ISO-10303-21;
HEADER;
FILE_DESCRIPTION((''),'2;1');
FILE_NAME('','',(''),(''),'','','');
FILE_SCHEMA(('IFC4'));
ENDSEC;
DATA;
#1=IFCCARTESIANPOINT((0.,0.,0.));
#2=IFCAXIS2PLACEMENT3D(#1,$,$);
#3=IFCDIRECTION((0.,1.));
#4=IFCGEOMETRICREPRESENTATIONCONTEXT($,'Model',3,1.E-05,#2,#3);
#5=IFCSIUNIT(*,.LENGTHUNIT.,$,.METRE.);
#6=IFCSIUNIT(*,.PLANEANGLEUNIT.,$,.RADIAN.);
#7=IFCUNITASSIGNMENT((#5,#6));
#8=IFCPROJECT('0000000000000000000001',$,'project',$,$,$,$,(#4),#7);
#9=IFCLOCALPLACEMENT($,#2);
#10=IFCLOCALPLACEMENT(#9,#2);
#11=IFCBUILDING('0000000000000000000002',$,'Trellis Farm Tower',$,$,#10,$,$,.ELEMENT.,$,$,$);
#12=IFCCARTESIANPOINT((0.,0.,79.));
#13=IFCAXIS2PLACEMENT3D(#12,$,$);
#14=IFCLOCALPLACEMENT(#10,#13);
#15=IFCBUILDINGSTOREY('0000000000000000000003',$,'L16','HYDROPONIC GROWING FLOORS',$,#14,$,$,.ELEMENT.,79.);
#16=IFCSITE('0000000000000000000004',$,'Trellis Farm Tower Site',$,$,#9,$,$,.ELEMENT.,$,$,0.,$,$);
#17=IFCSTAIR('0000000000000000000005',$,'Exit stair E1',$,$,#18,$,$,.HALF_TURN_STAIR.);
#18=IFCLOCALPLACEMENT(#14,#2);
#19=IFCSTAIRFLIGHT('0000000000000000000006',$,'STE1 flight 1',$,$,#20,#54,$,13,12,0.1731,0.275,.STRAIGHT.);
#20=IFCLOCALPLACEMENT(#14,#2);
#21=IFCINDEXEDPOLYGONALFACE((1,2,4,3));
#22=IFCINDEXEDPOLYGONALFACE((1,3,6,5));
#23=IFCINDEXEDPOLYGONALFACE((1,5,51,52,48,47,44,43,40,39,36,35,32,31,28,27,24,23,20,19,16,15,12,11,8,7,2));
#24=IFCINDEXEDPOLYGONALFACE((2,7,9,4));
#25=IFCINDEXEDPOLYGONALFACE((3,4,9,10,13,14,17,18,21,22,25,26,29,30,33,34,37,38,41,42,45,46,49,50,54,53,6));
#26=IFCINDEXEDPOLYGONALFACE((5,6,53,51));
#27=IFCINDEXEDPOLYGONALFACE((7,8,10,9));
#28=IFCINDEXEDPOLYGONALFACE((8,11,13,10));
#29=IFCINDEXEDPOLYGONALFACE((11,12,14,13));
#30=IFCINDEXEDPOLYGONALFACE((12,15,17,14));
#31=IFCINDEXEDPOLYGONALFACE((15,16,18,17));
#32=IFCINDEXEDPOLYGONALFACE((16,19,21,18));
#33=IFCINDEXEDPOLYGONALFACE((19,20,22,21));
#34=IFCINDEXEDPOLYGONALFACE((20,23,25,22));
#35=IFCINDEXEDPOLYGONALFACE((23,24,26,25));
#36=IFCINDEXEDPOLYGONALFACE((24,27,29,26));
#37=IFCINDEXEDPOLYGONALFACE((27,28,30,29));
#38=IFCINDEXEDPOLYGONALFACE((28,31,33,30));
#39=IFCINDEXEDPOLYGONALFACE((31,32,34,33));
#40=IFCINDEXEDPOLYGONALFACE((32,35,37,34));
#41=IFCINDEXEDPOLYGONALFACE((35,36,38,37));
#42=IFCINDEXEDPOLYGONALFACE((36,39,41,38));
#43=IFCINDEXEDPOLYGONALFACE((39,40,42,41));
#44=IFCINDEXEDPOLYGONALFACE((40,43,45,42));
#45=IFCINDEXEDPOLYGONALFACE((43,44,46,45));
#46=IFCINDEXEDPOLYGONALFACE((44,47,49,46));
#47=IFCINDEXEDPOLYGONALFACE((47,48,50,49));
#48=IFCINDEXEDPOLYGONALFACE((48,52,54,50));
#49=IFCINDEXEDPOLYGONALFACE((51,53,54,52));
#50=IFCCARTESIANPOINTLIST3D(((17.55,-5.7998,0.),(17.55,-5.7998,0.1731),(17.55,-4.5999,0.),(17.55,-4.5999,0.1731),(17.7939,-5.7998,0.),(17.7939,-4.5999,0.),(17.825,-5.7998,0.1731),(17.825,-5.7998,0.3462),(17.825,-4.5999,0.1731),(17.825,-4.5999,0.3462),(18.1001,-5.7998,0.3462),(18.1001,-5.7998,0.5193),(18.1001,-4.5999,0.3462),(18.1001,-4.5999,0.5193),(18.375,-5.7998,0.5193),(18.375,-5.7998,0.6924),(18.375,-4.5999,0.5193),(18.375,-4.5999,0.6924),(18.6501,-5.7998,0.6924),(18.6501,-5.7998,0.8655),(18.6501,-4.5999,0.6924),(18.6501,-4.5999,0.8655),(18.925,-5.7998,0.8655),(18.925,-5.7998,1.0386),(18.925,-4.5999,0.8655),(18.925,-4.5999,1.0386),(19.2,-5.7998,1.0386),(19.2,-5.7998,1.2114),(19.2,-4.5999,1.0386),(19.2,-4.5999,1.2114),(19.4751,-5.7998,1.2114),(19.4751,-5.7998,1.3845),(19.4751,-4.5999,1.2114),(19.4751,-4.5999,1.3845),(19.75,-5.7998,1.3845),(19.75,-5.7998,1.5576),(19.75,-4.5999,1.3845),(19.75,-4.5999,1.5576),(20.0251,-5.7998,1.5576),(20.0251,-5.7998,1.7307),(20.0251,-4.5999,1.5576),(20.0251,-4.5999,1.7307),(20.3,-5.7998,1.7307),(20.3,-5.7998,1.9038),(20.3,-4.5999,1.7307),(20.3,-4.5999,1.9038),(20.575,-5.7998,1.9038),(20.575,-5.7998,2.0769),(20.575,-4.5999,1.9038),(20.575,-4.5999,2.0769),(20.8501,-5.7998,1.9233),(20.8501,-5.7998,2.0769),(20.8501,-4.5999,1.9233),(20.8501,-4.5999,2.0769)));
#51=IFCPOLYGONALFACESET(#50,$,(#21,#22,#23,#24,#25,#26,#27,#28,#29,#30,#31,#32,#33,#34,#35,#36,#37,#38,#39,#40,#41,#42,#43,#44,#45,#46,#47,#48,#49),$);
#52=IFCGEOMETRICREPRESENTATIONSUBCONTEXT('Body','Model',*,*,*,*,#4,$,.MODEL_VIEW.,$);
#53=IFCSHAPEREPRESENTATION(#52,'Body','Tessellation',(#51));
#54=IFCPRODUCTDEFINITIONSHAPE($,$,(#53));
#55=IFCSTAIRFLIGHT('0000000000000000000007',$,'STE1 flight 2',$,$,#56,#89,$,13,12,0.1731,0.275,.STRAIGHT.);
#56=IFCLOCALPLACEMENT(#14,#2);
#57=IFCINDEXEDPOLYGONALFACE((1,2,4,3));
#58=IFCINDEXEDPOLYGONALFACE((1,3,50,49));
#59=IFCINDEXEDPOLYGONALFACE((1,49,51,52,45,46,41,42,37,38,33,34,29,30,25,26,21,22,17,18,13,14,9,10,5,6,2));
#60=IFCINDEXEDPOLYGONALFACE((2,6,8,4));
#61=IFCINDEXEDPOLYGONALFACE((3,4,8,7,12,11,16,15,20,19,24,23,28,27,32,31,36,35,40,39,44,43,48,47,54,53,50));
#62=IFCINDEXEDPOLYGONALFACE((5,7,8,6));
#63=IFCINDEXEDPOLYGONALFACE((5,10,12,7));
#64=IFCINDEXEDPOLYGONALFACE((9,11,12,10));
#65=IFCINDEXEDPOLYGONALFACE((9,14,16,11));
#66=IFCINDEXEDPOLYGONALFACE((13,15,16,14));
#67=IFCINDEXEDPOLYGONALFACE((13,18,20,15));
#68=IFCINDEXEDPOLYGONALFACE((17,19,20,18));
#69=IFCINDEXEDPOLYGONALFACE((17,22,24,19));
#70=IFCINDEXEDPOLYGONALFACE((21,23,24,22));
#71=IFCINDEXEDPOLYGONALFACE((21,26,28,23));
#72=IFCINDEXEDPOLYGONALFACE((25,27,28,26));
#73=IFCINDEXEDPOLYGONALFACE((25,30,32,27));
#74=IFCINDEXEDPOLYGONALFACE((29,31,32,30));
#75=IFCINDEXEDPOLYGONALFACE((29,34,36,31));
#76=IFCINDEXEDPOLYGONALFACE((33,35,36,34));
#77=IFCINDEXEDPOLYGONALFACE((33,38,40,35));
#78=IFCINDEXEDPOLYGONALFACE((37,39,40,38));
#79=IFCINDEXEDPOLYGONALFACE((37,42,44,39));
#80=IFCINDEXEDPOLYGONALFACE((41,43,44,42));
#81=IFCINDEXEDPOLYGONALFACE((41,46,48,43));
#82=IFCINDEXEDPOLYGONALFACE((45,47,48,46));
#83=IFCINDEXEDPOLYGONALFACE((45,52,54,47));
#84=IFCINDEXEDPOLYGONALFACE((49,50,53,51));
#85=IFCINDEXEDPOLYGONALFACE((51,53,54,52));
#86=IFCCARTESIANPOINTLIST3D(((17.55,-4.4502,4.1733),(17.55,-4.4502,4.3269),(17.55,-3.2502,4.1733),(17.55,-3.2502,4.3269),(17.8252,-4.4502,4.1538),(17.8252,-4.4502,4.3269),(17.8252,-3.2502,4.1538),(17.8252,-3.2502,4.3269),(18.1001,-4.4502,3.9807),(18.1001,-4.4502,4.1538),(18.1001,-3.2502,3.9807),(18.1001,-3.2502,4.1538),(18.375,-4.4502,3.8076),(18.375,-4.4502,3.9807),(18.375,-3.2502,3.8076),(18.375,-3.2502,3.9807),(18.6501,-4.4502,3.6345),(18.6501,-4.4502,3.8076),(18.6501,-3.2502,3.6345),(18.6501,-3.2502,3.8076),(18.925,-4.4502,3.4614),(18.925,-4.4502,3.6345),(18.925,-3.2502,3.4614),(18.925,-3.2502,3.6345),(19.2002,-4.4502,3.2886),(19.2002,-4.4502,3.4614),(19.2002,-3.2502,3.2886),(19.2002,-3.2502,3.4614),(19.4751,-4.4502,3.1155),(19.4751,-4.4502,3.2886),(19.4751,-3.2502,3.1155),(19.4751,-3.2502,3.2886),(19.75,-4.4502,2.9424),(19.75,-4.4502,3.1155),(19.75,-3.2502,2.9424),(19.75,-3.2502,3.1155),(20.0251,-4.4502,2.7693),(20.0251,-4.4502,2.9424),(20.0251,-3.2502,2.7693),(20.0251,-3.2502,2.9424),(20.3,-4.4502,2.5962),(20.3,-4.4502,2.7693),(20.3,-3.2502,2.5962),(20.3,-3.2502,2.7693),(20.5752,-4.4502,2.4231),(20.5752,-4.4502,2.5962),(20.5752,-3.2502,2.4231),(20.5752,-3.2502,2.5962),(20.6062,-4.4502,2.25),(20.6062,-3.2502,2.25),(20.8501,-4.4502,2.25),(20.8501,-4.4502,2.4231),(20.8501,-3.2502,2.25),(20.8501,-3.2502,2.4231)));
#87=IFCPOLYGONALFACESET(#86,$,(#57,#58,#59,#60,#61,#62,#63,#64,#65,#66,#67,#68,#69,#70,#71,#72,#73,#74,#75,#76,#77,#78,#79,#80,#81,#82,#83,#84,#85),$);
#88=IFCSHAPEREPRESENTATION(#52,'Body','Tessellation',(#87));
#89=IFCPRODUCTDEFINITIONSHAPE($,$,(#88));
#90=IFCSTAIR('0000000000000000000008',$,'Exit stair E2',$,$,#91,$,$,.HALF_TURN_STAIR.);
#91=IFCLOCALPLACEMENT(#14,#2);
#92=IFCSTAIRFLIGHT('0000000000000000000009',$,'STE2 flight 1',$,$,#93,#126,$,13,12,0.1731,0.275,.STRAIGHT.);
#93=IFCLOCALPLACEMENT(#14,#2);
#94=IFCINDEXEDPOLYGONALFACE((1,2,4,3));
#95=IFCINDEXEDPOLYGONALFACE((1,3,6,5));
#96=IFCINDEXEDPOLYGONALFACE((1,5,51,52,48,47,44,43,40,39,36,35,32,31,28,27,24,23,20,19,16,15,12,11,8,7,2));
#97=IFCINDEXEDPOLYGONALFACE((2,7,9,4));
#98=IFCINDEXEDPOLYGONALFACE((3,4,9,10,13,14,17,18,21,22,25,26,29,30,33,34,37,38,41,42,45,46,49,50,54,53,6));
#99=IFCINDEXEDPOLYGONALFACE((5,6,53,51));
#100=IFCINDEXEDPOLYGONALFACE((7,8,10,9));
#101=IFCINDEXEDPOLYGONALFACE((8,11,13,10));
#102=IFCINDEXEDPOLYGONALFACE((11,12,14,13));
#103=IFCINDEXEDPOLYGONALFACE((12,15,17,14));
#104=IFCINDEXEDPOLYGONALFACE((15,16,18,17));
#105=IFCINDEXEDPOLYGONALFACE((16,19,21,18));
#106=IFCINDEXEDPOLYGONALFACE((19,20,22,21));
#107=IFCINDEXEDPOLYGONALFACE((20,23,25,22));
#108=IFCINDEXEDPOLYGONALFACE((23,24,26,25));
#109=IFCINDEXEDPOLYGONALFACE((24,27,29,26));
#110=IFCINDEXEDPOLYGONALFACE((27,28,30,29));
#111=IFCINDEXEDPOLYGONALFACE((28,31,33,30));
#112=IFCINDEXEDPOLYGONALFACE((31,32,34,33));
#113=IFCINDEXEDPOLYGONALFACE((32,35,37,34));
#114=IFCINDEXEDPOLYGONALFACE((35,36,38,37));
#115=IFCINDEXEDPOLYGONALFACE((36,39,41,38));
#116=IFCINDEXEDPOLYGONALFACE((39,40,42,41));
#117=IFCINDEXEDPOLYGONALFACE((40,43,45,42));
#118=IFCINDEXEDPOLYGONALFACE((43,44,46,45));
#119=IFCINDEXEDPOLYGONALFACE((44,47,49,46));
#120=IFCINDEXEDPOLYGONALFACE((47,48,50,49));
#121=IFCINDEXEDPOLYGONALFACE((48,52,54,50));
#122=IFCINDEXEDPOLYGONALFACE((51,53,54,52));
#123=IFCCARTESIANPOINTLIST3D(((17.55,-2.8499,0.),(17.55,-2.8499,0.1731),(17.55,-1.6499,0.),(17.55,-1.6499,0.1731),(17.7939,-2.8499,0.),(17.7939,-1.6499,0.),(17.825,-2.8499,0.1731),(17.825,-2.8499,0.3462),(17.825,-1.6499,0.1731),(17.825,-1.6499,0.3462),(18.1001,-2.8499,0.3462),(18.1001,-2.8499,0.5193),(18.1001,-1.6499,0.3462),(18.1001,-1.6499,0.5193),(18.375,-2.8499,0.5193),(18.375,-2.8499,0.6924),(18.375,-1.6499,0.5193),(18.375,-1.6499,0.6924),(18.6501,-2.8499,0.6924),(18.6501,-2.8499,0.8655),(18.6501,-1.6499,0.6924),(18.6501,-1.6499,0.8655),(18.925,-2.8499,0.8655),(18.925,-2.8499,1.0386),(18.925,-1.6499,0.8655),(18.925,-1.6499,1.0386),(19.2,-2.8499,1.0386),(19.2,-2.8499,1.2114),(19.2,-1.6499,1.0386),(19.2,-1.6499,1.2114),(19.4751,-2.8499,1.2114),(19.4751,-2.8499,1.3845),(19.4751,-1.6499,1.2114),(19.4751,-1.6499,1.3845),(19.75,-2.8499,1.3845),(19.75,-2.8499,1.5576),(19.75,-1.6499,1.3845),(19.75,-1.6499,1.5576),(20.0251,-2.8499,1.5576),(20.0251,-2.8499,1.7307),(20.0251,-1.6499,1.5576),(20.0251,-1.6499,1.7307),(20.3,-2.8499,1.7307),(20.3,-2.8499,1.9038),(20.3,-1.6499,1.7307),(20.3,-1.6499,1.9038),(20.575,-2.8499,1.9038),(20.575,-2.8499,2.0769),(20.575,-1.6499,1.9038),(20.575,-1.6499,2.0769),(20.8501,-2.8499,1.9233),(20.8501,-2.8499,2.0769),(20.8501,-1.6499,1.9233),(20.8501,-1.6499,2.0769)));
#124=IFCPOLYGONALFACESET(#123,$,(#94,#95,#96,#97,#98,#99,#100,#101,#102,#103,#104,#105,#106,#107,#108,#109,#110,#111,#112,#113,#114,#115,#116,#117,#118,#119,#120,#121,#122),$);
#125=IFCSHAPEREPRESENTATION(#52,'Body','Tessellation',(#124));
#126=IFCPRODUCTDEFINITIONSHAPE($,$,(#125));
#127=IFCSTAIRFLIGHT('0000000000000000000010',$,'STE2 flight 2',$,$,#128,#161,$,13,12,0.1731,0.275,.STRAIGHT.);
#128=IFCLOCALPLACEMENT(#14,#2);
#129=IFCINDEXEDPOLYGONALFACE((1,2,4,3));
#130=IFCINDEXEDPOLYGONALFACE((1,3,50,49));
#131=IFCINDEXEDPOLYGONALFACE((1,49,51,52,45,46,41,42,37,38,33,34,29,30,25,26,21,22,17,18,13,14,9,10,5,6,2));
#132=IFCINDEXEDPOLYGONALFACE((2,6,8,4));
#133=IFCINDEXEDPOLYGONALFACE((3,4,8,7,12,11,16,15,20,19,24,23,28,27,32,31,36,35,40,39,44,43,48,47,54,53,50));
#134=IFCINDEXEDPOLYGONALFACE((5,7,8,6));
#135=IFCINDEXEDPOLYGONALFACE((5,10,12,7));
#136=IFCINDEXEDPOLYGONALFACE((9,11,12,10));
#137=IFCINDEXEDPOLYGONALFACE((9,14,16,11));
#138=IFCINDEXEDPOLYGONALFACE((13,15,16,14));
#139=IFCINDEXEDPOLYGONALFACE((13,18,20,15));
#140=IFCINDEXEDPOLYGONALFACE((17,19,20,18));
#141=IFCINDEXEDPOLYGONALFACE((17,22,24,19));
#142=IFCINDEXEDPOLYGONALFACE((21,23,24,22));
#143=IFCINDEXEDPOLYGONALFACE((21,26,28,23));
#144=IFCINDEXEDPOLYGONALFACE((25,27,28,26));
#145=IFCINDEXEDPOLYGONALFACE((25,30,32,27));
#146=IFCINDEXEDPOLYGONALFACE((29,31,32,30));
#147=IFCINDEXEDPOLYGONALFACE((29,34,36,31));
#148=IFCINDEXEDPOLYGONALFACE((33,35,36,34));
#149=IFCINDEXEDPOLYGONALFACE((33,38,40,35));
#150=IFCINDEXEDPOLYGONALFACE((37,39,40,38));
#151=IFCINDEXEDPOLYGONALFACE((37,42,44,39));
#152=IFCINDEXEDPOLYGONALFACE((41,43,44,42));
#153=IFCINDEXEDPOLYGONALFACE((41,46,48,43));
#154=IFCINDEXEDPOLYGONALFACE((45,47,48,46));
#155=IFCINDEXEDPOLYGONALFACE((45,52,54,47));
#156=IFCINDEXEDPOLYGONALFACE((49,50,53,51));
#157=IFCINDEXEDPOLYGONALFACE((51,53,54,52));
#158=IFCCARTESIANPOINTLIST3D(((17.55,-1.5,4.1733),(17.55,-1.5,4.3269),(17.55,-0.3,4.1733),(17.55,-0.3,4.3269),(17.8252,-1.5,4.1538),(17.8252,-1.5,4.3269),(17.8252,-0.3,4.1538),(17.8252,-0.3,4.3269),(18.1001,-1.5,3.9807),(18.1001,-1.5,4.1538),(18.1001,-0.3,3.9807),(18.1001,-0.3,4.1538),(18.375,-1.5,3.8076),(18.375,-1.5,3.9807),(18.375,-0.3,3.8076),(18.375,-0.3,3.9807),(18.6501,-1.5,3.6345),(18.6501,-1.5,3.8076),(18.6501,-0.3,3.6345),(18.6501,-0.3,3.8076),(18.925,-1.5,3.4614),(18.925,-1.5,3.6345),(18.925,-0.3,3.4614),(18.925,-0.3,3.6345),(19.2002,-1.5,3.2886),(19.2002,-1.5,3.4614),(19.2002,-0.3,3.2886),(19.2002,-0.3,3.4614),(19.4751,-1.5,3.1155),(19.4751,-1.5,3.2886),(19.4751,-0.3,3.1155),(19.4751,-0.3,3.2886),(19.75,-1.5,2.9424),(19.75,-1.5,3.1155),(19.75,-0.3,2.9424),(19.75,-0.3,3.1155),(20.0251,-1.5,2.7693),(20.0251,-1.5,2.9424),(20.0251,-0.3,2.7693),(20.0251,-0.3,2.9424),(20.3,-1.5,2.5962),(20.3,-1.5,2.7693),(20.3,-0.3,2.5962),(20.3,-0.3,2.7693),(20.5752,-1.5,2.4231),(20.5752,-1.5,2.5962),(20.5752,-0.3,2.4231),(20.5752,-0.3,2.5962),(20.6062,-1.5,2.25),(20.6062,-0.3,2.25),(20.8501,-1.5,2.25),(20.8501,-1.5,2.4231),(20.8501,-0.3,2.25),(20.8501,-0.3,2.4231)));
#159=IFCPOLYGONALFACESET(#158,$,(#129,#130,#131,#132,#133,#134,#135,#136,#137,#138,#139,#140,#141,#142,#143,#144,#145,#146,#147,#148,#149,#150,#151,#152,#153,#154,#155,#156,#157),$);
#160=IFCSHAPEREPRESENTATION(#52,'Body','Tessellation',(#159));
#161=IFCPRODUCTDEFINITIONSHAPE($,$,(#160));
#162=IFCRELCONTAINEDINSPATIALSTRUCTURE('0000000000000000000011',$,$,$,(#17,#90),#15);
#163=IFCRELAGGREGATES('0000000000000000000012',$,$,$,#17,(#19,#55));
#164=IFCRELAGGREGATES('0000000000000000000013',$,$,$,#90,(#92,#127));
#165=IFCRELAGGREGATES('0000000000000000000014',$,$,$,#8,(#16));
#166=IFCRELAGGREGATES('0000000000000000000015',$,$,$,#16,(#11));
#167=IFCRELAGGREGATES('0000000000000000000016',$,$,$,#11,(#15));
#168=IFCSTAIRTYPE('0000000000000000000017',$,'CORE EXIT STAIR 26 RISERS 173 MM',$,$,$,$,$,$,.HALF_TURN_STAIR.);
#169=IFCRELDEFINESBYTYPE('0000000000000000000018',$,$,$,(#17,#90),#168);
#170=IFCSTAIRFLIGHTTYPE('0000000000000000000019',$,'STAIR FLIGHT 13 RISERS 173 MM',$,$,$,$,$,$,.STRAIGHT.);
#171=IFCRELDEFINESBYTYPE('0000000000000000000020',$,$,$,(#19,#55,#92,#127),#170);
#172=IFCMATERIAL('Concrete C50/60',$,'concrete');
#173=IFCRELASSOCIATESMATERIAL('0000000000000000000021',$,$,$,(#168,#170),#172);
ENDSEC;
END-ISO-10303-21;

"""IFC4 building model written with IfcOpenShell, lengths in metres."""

from ifc_helpers import new_model, si_unit, direction, frame, origin, place, context, subcontext, project, spatial, polyline, outline, extrude, source, transform, mapped, material, type_object, element, aggregate, save


model = new_model("IFC4")

# Units and contexts
model_context = context("Model", 3, precision=1e-05, world=origin(), true_north=direction((0.0, 1.0)))
body_context = subcontext(model_context, "Body", "Model", "MODEL_VIEW")
ifc_project = project(units=[si_unit("LENGTHUNIT", "METRE"), si_unit("PLANEANGLEUNIT", "RADIAN")], contexts=[model_context])

# Site, building, storey
site_placement = place(None, origin())
site = spatial("IfcSite", under=ifc_project, at=site_placement, Name="Trellis Farm Tower Site", CompositionType="ELEMENT", RefElevation=0.0)
building_placement = place(site_placement, origin())
building = spatial("IfcBuilding", under=site, at=building_placement, Name="Trellis Farm Tower", CompositionType="ELEMENT")
storey_placement = place(building_placement, frame((0.0, 0.0, 79.0)))
storey = spatial("IfcBuildingStorey", under=building, at=storey_placement, Name="L16", Description="HYDROPONIC GROWING FLOORS", CompositionType="ELEMENT", Elevation=79.0)

# Shared definitions
placement = place(storey_placement, origin())

# Stairs, stair flights
ifc_material_1 = material(Name="Concrete C50/60", Category="concrete")
stair_type = type_object("IfcStairType", Name="CORE EXIT STAIR 26 RISERS 173 MM", PredefinedType="HALF_TURN_STAIR", material=ifc_material_1)
stair_1 = element("IfcStair", 1, at=placement, inside=storey, type_object=stair_type, Name="Exit stair E1", PredefinedType="HALF_TURN_STAIR")
stair_flight_type = type_object("IfcStairFlightType", Name="STAIR FLIGHT 13 RISERS 173 MM", PredefinedType="STRAIGHT", material=ifc_material_1)
shared_shape_1 = source(origin(), body_context, "Body", "SweptSolid", [
    extrude(outline(polyline([(0.0, 0.0), (0.0, 0.1731), (0.2749, 0.1731), (0.2749, 0.3462), (0.55, 0.3462), (0.55, 0.5193), (0.825, 0.5193), (0.825, 0.6924), (1.1001, 0.6924), (1.1001, 0.8655), (1.375, 0.8655), (1.375, 1.0386), (1.6499, 1.0386), (1.6499, 1.2114), (1.925, 1.2114), (1.925, 1.3845), (2.2, 1.3845), (2.2, 1.5576), (2.4751, 1.5576), (2.4751, 1.7307), (2.75, 1.7307), (2.75, 1.9038), (3.0249, 1.9038), (3.0249, 2.0769), (3.3, 2.0769), (3.3, 2.25), (3.3, 1.9233), (0.2439, 0.0), (0.0, 0.0)])), frame((0.0, 0.6001, 0.0), z_axis=(0.0, -1.0, 0.0), x_axis=(1.0, 0.0, 0.0)), (0.0, 0.0, 1.0), 1.2),
])
stair_flight_1_placement = place(storey_placement, frame((17.55, -5.2, 0.0), z_axis=(0.0, 0.0, 1.0), x_axis=(1.0, 0.0, 0.0)))
stair_flight_1 = element("IfcStairFlight", 2, at=stair_flight_1_placement, type_object=stair_flight_type, Name="STE1 flight 1", NumberOfRisers=13, NumberOfTreads=12, PredefinedType="STRAIGHT", RiserHeight=0.1731, TreadLength=0.275, context=body_context, shape_type="MappedRepresentation", body=[
    mapped(shared_shape_1, transform((0.0, 0.0, 0.0))),
])
stair_flight_2_placement = place(storey_placement, frame((20.8501, -3.8501, 2.25), z_axis=(0.0, 0.0, 1.0), x_axis=(-1.0, 0.0, 0.0)))
stair_flight_2 = element("IfcStairFlight", 3, at=stair_flight_2_placement, type_object=stair_flight_type, Name="STE1 flight 2", NumberOfRisers=13, NumberOfTreads=12, PredefinedType="STRAIGHT", RiserHeight=0.1731, TreadLength=0.275, context=body_context, shape_type="MappedRepresentation", body=[
    mapped(shared_shape_1, transform((0.0, 0.0, 0.0))),
])
aggregate(stair_1, [stair_flight_1, stair_flight_2])
stair_2 = element("IfcStair", 4, at=placement, inside=storey, type_object=stair_type, Name="Exit stair E2", PredefinedType="HALF_TURN_STAIR")
stair_flight_3_placement = place(storey_placement, frame((17.55, -2.25, 0.0), z_axis=(0.0, 0.0, 1.0), x_axis=(1.0, 0.0, 0.0)))
stair_flight_3 = element("IfcStairFlight", 5, at=stair_flight_3_placement, type_object=stair_flight_type, Name="STE2 flight 1", NumberOfRisers=13, NumberOfTreads=12, PredefinedType="STRAIGHT", RiserHeight=0.1731, TreadLength=0.275, context=body_context, shape_type="MappedRepresentation", body=[
    mapped(shared_shape_1, transform((0.0, 0.0, 0.0))),
])
stair_flight_4_placement = place(storey_placement, frame((20.8501, -0.8999, 2.25), z_axis=(0.0, 0.0, 1.0), x_axis=(-1.0, 0.0, 0.0)))
stair_flight_4 = element("IfcStairFlight", 6, at=stair_flight_4_placement, type_object=stair_flight_type, Name="STE2 flight 2", NumberOfRisers=13, NumberOfTreads=12, PredefinedType="STRAIGHT", RiserHeight=0.1731, TreadLength=0.275, context=body_context, shape_type="MappedRepresentation", body=[
    mapped(shared_shape_1, transform((0.0, 0.0, 0.0))),
])
aggregate(stair_2, [stair_flight_3, stair_flight_4])

save(model, "model.ifc")
